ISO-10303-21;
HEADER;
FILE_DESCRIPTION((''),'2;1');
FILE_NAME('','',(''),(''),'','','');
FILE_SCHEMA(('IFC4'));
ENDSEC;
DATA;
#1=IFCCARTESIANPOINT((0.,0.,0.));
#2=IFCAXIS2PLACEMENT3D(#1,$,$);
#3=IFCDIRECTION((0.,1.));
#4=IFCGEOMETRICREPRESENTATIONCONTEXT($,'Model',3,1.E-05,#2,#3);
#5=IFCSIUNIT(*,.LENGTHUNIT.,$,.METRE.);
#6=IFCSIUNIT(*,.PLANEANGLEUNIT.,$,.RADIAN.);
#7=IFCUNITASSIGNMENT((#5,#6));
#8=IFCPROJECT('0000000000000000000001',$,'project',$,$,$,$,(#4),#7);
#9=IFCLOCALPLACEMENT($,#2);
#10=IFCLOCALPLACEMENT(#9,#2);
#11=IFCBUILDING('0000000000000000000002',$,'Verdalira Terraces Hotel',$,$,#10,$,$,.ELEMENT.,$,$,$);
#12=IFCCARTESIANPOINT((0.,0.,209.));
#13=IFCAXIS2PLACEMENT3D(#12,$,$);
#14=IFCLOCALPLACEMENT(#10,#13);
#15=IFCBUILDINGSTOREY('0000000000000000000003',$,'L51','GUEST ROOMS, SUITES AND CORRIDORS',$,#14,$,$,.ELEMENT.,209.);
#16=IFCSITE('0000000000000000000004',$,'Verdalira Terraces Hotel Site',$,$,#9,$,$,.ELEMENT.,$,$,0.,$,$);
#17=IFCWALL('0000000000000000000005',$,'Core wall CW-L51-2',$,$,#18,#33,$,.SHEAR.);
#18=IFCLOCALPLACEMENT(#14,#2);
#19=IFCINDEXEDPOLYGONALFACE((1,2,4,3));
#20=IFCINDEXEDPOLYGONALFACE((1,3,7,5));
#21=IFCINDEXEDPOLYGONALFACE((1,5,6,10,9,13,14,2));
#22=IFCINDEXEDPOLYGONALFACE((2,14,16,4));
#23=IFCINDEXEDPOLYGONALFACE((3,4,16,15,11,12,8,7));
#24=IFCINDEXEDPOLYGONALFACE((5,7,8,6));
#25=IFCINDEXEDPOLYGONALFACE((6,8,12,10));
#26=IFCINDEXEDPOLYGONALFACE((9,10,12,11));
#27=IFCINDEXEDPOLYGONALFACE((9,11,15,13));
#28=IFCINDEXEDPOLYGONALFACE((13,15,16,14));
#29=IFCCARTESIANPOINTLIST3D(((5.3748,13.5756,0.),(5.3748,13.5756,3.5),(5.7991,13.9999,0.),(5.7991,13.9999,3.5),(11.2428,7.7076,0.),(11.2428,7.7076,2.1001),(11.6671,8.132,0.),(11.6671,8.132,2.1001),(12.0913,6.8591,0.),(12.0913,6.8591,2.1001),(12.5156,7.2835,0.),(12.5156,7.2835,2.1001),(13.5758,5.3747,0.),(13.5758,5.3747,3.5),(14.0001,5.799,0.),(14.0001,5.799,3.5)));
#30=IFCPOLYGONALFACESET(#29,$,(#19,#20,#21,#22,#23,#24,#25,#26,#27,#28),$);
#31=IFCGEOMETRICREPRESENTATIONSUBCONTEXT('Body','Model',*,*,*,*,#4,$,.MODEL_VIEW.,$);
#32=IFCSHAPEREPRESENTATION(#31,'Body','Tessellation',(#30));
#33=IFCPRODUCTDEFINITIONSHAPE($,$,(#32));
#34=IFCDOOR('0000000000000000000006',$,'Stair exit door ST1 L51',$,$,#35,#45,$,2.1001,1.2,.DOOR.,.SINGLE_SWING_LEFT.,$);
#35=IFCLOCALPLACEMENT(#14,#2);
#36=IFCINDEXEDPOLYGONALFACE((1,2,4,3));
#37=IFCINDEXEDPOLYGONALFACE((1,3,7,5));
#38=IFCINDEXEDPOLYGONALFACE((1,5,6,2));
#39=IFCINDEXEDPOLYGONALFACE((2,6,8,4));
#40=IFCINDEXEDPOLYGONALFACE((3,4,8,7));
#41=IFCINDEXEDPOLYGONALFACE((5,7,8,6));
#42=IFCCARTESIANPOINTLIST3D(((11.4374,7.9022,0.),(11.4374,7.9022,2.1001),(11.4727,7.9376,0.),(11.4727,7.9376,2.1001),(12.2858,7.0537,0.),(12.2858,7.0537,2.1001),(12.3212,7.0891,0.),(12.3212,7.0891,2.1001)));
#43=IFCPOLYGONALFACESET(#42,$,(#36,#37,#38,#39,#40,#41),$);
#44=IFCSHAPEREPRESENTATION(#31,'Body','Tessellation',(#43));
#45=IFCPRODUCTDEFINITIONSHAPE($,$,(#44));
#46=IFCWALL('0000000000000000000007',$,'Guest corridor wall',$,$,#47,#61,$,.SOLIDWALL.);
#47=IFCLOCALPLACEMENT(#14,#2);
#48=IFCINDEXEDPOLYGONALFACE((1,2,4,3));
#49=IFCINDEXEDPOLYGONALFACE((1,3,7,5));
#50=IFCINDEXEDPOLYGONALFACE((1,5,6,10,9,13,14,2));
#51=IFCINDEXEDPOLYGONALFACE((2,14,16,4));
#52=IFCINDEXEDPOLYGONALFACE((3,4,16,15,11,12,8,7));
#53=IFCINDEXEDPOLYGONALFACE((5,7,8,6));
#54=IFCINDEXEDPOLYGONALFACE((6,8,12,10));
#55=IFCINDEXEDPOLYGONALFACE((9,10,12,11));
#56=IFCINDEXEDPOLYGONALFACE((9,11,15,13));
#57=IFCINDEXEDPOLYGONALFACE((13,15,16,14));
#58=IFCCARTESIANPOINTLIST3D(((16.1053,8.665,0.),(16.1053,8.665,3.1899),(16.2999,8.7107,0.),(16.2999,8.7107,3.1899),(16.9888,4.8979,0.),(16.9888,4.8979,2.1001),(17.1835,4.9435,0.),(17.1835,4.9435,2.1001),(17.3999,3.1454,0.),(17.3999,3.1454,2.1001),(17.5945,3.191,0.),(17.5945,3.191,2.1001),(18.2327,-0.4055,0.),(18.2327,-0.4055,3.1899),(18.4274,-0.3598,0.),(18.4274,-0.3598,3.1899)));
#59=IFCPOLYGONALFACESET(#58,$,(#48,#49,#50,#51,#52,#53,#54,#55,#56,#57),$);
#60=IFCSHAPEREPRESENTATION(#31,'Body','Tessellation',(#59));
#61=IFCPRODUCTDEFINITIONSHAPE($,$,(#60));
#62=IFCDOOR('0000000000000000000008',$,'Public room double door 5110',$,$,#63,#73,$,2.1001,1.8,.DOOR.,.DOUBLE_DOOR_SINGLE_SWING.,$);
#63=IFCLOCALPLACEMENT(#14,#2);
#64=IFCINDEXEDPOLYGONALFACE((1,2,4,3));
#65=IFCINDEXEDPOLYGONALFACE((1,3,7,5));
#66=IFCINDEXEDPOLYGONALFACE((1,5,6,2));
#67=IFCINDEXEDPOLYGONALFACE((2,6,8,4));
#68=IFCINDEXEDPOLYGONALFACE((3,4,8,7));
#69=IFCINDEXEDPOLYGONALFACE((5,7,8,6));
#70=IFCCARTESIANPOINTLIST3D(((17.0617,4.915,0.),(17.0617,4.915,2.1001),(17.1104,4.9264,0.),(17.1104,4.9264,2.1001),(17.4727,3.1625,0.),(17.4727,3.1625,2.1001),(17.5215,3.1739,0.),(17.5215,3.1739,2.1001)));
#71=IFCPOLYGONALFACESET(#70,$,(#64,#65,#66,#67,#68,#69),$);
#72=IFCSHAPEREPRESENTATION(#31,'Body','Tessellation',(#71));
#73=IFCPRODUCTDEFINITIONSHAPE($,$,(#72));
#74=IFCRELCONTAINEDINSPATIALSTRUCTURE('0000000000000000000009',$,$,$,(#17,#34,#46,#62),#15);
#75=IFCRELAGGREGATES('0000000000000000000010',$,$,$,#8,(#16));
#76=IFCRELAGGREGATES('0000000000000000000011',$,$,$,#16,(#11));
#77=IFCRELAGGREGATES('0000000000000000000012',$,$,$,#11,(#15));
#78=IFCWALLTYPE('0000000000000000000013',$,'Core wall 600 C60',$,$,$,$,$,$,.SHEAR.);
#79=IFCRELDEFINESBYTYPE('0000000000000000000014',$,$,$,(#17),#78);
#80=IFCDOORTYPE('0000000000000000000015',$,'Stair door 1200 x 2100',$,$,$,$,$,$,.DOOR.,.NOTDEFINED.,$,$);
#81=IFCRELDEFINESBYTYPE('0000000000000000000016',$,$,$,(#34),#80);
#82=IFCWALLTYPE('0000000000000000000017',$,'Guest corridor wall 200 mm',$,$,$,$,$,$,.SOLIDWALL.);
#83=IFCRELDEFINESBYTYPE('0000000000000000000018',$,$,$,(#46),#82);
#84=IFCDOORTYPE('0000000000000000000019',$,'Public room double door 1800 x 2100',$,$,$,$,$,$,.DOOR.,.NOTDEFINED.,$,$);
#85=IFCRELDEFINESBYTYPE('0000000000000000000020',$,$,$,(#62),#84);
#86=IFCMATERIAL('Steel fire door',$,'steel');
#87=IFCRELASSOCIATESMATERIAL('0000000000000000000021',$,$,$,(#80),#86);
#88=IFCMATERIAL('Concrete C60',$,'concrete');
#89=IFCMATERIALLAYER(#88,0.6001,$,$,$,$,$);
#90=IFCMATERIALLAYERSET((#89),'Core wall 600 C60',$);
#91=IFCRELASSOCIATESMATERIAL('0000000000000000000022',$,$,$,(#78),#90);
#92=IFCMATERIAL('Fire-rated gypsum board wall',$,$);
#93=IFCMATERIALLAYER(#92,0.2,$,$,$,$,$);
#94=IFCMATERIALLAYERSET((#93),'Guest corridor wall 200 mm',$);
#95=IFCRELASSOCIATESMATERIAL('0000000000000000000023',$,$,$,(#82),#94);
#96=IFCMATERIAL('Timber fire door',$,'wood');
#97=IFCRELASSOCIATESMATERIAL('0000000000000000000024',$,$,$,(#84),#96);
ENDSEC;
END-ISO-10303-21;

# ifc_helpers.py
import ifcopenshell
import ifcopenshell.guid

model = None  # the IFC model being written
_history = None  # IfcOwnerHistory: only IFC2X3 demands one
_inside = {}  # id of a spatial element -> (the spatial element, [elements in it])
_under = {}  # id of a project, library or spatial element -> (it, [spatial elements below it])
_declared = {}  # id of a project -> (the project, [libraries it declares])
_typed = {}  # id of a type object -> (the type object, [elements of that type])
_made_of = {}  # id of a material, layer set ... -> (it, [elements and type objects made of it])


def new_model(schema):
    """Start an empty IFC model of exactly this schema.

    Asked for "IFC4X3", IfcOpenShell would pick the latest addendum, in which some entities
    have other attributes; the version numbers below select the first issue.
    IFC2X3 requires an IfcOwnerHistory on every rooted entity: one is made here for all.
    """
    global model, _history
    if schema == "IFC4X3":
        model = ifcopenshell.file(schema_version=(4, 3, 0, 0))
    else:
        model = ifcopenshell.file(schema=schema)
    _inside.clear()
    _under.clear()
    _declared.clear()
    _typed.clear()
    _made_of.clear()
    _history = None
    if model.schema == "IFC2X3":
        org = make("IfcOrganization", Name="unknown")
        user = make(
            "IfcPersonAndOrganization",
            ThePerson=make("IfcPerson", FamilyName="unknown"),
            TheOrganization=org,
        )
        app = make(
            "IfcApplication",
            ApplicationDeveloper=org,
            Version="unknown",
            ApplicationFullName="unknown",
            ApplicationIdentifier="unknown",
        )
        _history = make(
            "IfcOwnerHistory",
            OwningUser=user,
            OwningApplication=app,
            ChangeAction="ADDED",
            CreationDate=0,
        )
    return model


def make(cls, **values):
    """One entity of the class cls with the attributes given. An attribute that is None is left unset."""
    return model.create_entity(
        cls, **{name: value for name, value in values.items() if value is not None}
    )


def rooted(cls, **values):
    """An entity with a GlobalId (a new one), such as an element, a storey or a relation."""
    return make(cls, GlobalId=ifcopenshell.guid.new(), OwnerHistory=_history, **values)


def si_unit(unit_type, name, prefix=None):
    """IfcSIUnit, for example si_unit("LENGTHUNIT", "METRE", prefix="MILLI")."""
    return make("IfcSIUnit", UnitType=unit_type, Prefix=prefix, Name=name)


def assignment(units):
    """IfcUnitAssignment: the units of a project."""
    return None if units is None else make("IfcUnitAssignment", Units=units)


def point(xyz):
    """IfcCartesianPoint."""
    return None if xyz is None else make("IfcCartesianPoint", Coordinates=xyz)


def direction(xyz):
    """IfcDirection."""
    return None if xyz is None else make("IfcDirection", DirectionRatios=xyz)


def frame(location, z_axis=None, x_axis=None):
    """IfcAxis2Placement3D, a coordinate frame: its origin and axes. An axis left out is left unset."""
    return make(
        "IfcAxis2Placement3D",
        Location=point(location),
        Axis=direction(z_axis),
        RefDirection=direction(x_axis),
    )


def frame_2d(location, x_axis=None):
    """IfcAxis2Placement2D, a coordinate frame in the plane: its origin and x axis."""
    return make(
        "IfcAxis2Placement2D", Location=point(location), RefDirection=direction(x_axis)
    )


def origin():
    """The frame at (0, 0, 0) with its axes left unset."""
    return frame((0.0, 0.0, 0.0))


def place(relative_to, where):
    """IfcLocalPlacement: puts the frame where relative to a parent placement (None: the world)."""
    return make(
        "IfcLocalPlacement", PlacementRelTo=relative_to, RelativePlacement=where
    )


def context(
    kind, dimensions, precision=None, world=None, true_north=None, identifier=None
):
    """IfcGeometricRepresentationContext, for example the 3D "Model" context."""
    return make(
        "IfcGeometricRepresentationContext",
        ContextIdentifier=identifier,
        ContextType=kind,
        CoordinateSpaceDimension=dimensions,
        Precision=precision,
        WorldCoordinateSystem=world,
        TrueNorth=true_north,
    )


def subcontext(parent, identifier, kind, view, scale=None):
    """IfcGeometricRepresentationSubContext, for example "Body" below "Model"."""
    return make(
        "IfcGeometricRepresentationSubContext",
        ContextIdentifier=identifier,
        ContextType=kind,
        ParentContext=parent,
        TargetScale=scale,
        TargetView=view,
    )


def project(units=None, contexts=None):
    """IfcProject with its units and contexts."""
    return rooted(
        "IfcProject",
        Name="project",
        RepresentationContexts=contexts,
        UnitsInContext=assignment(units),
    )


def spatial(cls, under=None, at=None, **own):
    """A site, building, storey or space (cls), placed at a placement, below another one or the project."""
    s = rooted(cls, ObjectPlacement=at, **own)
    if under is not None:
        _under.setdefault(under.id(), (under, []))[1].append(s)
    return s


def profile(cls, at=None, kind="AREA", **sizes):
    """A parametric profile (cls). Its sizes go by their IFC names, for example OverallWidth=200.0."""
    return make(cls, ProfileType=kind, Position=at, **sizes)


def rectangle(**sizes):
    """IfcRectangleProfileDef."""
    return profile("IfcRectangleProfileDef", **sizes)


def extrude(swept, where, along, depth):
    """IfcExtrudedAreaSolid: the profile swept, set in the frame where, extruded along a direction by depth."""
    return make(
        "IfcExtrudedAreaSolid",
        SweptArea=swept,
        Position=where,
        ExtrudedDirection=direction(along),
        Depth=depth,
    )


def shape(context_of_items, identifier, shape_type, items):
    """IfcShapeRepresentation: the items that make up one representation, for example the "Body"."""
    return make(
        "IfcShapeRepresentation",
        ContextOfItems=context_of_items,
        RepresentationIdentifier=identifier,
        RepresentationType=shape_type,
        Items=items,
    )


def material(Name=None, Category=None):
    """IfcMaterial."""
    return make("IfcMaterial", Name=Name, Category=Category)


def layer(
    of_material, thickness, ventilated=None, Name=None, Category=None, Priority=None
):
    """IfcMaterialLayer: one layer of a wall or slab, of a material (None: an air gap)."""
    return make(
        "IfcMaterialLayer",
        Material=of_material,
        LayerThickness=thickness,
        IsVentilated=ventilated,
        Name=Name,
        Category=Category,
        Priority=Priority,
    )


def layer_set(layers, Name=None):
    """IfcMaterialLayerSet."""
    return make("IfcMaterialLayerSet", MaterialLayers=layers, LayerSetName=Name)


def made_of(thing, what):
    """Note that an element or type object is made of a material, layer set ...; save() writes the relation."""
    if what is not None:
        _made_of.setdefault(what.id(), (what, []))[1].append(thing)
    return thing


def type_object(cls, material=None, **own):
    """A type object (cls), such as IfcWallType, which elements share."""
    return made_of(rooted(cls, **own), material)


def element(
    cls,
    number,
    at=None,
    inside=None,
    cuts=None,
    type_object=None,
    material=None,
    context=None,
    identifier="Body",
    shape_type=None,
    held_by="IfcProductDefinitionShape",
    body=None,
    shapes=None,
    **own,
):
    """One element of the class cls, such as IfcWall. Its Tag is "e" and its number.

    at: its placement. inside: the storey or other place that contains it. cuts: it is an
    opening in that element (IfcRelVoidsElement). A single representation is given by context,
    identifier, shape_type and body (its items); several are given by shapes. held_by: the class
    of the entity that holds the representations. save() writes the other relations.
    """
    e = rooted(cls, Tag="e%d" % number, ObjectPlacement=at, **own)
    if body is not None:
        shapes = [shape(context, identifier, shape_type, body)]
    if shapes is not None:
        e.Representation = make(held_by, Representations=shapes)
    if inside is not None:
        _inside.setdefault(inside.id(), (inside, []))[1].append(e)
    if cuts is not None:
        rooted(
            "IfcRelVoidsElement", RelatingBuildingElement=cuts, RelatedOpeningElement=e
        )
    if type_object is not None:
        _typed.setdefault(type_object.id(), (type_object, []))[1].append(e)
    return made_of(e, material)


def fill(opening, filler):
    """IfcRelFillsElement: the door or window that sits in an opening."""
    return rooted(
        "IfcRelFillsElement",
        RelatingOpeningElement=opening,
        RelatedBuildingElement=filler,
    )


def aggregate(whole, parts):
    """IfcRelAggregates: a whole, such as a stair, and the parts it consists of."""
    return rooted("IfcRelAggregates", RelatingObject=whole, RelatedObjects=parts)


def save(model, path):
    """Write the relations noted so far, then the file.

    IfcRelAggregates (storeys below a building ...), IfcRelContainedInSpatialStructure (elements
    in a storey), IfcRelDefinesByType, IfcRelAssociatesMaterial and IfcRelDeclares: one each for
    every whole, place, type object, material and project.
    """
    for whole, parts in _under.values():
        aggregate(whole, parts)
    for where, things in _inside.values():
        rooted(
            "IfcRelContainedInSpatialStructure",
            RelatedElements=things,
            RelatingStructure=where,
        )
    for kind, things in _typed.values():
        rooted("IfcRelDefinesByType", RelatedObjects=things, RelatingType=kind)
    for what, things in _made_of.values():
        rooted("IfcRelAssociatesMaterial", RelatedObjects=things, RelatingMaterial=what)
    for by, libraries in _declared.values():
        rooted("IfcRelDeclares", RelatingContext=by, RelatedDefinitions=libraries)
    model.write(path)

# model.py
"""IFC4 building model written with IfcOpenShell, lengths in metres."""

from ifc_helpers import new_model, si_unit, direction, frame, frame_2d, origin, place, context, subcontext, project, spatial, rectangle, extrude, material, layer, layer_set, type_object, element, fill, save


model = new_model("IFC4")

# Units and contexts
model_context = context("Model", 3, precision=1e-05, world=origin(), true_north=direction((0.0, 1.0)))
body_context = subcontext(model_context, "Body", "Model", "MODEL_VIEW")
ifc_project = project(units=[si_unit("LENGTHUNIT", "METRE"), si_unit("PLANEANGLEUNIT", "RADIAN")], contexts=[model_context])

# Site, building, storey
site_placement = place(None, origin())
site = spatial("IfcSite", under=ifc_project, at=site_placement, Name="Verdalira Terraces Hotel Site", CompositionType="ELEMENT", RefElevation=0.0)
building_placement = place(site_placement, origin())
building = spatial("IfcBuilding", under=site, at=building_placement, Name="Verdalira Terraces Hotel", CompositionType="ELEMENT")
storey_placement = place(building_placement, frame((0.0, 0.0, 209.0)))
storey = spatial("IfcBuildingStorey", under=building, at=storey_placement, Name="L51", Description="GUEST ROOMS, SUITES AND CORRIDORS", CompositionType="ELEMENT", Elevation=209.0)

# Shared definitions
ifc_material_1 = material(Name="Steel fire door", Category="steel")
door_type_1 = type_object("IfcDoorType", Name="Stair door 1200 x 2100", OperationType="NOTDEFINED", PredefinedType="DOOR", material=ifc_material_1)

# Walls, openings, doors
ifc_material_2 = material(Name="Concrete C60", Category="concrete")
ifc_layer_1 = layer(ifc_material_2, 0.6001)
ifc_layer_set_1 = layer_set([ifc_layer_1], Name="Core wall 600 C60")
wall_type_1 = type_object("IfcWallType", Name="Core wall 600 C60", PredefinedType="SHEAR", material=ifc_layer_set_1)
wall_1_placement = place(storey_placement, frame((13.7878, 5.5869, 0.0), z_axis=(0.0, 0.0, 1.0), x_axis=(-0.707107, 0.707107, 0.0)))
wall_1 = element("IfcWall", 1, at=wall_1_placement, inside=storey, type_object=wall_type_1, Name="Core wall CW-L51-2", PredefinedType="SHEAR", context=body_context, shape_type="SweptSolid", body=[
    extrude(rectangle(XDim=11.5979, YDim=0.6001, at=frame_2d((5.7988, 0.0))), origin(), (0.0, 0.0, 1.0), 3.5),
])
opening_1_placement = place(wall_1_placement, frame((2.0991, 0.0, 0.0)))
opening_1 = element("IfcOpeningElement", 2, at=opening_1_placement, cuts=wall_1, PredefinedType="OPENING", context=body_context, shape_type="SweptSolid", body=[
    extrude(rectangle(XDim=1.2, YDim=2.1001, at=frame_2d((0.6001, 1.05))), frame((0.0, 0.3101, 0.0), z_axis=(0.0, -1.0, 0.0), x_axis=(1.0, 0.0, 0.0)), (0.0, 0.0, 1.0), 0.6201),
])
door_1_placement = place(opening_1_placement, origin())
door_1 = element("IfcDoor", 3, at=door_1_placement, inside=storey, type_object=door_type_1, Name="Stair exit door ST1 L51", OperationType="SINGLE_SWING_LEFT", OverallHeight=2.1001, OverallWidth=1.2, PredefinedType="DOOR", context=body_context, shape_type="SweptSolid", body=[
    extrude(rectangle(XDim=1.2, YDim=2.1001, at=frame_2d((0.6001, 1.05))), frame((0.0, 0.0249, 0.0), z_axis=(0.0, -1.0, 0.0), x_axis=(1.0, 0.0, 0.0)), (0.0, 0.0, 1.0), 0.05),
])
fill(opening_1, door_1)
ifc_material_3 = material(Name="Fire-rated gypsum board wall")
ifc_layer_2 = layer(ifc_material_3, 0.2)
ifc_layer_set_2 = layer_set([ifc_layer_2], Name="Guest corridor wall 200 mm")
wall_type_2 = type_object("IfcWallType", Name="Guest corridor wall 200 mm", PredefinedType="SOLIDWALL", material=ifc_layer_set_2)
wall_2_placement = place(storey_placement, frame((16.2026, 8.6877, 0.0), z_axis=(0.0, 0.0, 1.0), x_axis=(0.228347, -0.97358, 0.0)))
wall_2 = element("IfcWall", 4, at=wall_2_placement, inside=storey, type_object=wall_type_2, Name="Guest corridor wall", PredefinedType="SOLIDWALL", context=body_context, shape_type="SweptSolid", body=[
    extrude(rectangle(XDim=9.3166, YDim=0.2, at=frame_2d((4.6582, 0.0))), origin(), (0.0, 0.0, 1.0), 3.1899),
])
opening_2_placement = place(wall_2_placement, frame((3.8694, 0.0, 0.0)))
opening_2 = element("IfcOpeningElement", 5, at=opening_2_placement, cuts=wall_2, PredefinedType="OPENING", context=body_context, shape_type="SweptSolid", body=[
    extrude(rectangle(XDim=1.8, YDim=2.1001, at=frame_2d((0.8999, 1.05))), frame((0.0, 0.1099, 0.0), z_axis=(0.0, -1.0, 0.0), x_axis=(1.0, 0.0, 0.0)), (0.0, 0.0, 1.0), 0.22),
])
ifc_material_4 = material(Name="Timber fire door", Category="wood")
door_type_2 = type_object("IfcDoorType", Name="Public room double door 1800 x 2100", OperationType="NOTDEFINED", PredefinedType="DOOR", material=ifc_material_4)
door_2_placement = place(opening_2_placement, origin())
door_2 = element("IfcDoor", 6, at=door_2_placement, inside=storey, type_object=door_type_2, Name="Public room double door 5110", OperationType="DOUBLE_DOOR_SINGLE_SWING", OverallHeight=2.1001, OverallWidth=1.8, PredefinedType="DOOR", context=body_context, shape_type="SweptSolid", body=[
    extrude(rectangle(XDim=1.8, YDim=2.1001, at=frame_2d((0.8999, 1.05))), frame((0.0, 0.0249, 0.0), z_axis=(0.0, -1.0, 0.0), x_axis=(1.0, 0.0, 0.0)), (0.0, 0.0, 1.0), 0.05),
])
fill(opening_2, door_2)

save(model, "model.ifc")
